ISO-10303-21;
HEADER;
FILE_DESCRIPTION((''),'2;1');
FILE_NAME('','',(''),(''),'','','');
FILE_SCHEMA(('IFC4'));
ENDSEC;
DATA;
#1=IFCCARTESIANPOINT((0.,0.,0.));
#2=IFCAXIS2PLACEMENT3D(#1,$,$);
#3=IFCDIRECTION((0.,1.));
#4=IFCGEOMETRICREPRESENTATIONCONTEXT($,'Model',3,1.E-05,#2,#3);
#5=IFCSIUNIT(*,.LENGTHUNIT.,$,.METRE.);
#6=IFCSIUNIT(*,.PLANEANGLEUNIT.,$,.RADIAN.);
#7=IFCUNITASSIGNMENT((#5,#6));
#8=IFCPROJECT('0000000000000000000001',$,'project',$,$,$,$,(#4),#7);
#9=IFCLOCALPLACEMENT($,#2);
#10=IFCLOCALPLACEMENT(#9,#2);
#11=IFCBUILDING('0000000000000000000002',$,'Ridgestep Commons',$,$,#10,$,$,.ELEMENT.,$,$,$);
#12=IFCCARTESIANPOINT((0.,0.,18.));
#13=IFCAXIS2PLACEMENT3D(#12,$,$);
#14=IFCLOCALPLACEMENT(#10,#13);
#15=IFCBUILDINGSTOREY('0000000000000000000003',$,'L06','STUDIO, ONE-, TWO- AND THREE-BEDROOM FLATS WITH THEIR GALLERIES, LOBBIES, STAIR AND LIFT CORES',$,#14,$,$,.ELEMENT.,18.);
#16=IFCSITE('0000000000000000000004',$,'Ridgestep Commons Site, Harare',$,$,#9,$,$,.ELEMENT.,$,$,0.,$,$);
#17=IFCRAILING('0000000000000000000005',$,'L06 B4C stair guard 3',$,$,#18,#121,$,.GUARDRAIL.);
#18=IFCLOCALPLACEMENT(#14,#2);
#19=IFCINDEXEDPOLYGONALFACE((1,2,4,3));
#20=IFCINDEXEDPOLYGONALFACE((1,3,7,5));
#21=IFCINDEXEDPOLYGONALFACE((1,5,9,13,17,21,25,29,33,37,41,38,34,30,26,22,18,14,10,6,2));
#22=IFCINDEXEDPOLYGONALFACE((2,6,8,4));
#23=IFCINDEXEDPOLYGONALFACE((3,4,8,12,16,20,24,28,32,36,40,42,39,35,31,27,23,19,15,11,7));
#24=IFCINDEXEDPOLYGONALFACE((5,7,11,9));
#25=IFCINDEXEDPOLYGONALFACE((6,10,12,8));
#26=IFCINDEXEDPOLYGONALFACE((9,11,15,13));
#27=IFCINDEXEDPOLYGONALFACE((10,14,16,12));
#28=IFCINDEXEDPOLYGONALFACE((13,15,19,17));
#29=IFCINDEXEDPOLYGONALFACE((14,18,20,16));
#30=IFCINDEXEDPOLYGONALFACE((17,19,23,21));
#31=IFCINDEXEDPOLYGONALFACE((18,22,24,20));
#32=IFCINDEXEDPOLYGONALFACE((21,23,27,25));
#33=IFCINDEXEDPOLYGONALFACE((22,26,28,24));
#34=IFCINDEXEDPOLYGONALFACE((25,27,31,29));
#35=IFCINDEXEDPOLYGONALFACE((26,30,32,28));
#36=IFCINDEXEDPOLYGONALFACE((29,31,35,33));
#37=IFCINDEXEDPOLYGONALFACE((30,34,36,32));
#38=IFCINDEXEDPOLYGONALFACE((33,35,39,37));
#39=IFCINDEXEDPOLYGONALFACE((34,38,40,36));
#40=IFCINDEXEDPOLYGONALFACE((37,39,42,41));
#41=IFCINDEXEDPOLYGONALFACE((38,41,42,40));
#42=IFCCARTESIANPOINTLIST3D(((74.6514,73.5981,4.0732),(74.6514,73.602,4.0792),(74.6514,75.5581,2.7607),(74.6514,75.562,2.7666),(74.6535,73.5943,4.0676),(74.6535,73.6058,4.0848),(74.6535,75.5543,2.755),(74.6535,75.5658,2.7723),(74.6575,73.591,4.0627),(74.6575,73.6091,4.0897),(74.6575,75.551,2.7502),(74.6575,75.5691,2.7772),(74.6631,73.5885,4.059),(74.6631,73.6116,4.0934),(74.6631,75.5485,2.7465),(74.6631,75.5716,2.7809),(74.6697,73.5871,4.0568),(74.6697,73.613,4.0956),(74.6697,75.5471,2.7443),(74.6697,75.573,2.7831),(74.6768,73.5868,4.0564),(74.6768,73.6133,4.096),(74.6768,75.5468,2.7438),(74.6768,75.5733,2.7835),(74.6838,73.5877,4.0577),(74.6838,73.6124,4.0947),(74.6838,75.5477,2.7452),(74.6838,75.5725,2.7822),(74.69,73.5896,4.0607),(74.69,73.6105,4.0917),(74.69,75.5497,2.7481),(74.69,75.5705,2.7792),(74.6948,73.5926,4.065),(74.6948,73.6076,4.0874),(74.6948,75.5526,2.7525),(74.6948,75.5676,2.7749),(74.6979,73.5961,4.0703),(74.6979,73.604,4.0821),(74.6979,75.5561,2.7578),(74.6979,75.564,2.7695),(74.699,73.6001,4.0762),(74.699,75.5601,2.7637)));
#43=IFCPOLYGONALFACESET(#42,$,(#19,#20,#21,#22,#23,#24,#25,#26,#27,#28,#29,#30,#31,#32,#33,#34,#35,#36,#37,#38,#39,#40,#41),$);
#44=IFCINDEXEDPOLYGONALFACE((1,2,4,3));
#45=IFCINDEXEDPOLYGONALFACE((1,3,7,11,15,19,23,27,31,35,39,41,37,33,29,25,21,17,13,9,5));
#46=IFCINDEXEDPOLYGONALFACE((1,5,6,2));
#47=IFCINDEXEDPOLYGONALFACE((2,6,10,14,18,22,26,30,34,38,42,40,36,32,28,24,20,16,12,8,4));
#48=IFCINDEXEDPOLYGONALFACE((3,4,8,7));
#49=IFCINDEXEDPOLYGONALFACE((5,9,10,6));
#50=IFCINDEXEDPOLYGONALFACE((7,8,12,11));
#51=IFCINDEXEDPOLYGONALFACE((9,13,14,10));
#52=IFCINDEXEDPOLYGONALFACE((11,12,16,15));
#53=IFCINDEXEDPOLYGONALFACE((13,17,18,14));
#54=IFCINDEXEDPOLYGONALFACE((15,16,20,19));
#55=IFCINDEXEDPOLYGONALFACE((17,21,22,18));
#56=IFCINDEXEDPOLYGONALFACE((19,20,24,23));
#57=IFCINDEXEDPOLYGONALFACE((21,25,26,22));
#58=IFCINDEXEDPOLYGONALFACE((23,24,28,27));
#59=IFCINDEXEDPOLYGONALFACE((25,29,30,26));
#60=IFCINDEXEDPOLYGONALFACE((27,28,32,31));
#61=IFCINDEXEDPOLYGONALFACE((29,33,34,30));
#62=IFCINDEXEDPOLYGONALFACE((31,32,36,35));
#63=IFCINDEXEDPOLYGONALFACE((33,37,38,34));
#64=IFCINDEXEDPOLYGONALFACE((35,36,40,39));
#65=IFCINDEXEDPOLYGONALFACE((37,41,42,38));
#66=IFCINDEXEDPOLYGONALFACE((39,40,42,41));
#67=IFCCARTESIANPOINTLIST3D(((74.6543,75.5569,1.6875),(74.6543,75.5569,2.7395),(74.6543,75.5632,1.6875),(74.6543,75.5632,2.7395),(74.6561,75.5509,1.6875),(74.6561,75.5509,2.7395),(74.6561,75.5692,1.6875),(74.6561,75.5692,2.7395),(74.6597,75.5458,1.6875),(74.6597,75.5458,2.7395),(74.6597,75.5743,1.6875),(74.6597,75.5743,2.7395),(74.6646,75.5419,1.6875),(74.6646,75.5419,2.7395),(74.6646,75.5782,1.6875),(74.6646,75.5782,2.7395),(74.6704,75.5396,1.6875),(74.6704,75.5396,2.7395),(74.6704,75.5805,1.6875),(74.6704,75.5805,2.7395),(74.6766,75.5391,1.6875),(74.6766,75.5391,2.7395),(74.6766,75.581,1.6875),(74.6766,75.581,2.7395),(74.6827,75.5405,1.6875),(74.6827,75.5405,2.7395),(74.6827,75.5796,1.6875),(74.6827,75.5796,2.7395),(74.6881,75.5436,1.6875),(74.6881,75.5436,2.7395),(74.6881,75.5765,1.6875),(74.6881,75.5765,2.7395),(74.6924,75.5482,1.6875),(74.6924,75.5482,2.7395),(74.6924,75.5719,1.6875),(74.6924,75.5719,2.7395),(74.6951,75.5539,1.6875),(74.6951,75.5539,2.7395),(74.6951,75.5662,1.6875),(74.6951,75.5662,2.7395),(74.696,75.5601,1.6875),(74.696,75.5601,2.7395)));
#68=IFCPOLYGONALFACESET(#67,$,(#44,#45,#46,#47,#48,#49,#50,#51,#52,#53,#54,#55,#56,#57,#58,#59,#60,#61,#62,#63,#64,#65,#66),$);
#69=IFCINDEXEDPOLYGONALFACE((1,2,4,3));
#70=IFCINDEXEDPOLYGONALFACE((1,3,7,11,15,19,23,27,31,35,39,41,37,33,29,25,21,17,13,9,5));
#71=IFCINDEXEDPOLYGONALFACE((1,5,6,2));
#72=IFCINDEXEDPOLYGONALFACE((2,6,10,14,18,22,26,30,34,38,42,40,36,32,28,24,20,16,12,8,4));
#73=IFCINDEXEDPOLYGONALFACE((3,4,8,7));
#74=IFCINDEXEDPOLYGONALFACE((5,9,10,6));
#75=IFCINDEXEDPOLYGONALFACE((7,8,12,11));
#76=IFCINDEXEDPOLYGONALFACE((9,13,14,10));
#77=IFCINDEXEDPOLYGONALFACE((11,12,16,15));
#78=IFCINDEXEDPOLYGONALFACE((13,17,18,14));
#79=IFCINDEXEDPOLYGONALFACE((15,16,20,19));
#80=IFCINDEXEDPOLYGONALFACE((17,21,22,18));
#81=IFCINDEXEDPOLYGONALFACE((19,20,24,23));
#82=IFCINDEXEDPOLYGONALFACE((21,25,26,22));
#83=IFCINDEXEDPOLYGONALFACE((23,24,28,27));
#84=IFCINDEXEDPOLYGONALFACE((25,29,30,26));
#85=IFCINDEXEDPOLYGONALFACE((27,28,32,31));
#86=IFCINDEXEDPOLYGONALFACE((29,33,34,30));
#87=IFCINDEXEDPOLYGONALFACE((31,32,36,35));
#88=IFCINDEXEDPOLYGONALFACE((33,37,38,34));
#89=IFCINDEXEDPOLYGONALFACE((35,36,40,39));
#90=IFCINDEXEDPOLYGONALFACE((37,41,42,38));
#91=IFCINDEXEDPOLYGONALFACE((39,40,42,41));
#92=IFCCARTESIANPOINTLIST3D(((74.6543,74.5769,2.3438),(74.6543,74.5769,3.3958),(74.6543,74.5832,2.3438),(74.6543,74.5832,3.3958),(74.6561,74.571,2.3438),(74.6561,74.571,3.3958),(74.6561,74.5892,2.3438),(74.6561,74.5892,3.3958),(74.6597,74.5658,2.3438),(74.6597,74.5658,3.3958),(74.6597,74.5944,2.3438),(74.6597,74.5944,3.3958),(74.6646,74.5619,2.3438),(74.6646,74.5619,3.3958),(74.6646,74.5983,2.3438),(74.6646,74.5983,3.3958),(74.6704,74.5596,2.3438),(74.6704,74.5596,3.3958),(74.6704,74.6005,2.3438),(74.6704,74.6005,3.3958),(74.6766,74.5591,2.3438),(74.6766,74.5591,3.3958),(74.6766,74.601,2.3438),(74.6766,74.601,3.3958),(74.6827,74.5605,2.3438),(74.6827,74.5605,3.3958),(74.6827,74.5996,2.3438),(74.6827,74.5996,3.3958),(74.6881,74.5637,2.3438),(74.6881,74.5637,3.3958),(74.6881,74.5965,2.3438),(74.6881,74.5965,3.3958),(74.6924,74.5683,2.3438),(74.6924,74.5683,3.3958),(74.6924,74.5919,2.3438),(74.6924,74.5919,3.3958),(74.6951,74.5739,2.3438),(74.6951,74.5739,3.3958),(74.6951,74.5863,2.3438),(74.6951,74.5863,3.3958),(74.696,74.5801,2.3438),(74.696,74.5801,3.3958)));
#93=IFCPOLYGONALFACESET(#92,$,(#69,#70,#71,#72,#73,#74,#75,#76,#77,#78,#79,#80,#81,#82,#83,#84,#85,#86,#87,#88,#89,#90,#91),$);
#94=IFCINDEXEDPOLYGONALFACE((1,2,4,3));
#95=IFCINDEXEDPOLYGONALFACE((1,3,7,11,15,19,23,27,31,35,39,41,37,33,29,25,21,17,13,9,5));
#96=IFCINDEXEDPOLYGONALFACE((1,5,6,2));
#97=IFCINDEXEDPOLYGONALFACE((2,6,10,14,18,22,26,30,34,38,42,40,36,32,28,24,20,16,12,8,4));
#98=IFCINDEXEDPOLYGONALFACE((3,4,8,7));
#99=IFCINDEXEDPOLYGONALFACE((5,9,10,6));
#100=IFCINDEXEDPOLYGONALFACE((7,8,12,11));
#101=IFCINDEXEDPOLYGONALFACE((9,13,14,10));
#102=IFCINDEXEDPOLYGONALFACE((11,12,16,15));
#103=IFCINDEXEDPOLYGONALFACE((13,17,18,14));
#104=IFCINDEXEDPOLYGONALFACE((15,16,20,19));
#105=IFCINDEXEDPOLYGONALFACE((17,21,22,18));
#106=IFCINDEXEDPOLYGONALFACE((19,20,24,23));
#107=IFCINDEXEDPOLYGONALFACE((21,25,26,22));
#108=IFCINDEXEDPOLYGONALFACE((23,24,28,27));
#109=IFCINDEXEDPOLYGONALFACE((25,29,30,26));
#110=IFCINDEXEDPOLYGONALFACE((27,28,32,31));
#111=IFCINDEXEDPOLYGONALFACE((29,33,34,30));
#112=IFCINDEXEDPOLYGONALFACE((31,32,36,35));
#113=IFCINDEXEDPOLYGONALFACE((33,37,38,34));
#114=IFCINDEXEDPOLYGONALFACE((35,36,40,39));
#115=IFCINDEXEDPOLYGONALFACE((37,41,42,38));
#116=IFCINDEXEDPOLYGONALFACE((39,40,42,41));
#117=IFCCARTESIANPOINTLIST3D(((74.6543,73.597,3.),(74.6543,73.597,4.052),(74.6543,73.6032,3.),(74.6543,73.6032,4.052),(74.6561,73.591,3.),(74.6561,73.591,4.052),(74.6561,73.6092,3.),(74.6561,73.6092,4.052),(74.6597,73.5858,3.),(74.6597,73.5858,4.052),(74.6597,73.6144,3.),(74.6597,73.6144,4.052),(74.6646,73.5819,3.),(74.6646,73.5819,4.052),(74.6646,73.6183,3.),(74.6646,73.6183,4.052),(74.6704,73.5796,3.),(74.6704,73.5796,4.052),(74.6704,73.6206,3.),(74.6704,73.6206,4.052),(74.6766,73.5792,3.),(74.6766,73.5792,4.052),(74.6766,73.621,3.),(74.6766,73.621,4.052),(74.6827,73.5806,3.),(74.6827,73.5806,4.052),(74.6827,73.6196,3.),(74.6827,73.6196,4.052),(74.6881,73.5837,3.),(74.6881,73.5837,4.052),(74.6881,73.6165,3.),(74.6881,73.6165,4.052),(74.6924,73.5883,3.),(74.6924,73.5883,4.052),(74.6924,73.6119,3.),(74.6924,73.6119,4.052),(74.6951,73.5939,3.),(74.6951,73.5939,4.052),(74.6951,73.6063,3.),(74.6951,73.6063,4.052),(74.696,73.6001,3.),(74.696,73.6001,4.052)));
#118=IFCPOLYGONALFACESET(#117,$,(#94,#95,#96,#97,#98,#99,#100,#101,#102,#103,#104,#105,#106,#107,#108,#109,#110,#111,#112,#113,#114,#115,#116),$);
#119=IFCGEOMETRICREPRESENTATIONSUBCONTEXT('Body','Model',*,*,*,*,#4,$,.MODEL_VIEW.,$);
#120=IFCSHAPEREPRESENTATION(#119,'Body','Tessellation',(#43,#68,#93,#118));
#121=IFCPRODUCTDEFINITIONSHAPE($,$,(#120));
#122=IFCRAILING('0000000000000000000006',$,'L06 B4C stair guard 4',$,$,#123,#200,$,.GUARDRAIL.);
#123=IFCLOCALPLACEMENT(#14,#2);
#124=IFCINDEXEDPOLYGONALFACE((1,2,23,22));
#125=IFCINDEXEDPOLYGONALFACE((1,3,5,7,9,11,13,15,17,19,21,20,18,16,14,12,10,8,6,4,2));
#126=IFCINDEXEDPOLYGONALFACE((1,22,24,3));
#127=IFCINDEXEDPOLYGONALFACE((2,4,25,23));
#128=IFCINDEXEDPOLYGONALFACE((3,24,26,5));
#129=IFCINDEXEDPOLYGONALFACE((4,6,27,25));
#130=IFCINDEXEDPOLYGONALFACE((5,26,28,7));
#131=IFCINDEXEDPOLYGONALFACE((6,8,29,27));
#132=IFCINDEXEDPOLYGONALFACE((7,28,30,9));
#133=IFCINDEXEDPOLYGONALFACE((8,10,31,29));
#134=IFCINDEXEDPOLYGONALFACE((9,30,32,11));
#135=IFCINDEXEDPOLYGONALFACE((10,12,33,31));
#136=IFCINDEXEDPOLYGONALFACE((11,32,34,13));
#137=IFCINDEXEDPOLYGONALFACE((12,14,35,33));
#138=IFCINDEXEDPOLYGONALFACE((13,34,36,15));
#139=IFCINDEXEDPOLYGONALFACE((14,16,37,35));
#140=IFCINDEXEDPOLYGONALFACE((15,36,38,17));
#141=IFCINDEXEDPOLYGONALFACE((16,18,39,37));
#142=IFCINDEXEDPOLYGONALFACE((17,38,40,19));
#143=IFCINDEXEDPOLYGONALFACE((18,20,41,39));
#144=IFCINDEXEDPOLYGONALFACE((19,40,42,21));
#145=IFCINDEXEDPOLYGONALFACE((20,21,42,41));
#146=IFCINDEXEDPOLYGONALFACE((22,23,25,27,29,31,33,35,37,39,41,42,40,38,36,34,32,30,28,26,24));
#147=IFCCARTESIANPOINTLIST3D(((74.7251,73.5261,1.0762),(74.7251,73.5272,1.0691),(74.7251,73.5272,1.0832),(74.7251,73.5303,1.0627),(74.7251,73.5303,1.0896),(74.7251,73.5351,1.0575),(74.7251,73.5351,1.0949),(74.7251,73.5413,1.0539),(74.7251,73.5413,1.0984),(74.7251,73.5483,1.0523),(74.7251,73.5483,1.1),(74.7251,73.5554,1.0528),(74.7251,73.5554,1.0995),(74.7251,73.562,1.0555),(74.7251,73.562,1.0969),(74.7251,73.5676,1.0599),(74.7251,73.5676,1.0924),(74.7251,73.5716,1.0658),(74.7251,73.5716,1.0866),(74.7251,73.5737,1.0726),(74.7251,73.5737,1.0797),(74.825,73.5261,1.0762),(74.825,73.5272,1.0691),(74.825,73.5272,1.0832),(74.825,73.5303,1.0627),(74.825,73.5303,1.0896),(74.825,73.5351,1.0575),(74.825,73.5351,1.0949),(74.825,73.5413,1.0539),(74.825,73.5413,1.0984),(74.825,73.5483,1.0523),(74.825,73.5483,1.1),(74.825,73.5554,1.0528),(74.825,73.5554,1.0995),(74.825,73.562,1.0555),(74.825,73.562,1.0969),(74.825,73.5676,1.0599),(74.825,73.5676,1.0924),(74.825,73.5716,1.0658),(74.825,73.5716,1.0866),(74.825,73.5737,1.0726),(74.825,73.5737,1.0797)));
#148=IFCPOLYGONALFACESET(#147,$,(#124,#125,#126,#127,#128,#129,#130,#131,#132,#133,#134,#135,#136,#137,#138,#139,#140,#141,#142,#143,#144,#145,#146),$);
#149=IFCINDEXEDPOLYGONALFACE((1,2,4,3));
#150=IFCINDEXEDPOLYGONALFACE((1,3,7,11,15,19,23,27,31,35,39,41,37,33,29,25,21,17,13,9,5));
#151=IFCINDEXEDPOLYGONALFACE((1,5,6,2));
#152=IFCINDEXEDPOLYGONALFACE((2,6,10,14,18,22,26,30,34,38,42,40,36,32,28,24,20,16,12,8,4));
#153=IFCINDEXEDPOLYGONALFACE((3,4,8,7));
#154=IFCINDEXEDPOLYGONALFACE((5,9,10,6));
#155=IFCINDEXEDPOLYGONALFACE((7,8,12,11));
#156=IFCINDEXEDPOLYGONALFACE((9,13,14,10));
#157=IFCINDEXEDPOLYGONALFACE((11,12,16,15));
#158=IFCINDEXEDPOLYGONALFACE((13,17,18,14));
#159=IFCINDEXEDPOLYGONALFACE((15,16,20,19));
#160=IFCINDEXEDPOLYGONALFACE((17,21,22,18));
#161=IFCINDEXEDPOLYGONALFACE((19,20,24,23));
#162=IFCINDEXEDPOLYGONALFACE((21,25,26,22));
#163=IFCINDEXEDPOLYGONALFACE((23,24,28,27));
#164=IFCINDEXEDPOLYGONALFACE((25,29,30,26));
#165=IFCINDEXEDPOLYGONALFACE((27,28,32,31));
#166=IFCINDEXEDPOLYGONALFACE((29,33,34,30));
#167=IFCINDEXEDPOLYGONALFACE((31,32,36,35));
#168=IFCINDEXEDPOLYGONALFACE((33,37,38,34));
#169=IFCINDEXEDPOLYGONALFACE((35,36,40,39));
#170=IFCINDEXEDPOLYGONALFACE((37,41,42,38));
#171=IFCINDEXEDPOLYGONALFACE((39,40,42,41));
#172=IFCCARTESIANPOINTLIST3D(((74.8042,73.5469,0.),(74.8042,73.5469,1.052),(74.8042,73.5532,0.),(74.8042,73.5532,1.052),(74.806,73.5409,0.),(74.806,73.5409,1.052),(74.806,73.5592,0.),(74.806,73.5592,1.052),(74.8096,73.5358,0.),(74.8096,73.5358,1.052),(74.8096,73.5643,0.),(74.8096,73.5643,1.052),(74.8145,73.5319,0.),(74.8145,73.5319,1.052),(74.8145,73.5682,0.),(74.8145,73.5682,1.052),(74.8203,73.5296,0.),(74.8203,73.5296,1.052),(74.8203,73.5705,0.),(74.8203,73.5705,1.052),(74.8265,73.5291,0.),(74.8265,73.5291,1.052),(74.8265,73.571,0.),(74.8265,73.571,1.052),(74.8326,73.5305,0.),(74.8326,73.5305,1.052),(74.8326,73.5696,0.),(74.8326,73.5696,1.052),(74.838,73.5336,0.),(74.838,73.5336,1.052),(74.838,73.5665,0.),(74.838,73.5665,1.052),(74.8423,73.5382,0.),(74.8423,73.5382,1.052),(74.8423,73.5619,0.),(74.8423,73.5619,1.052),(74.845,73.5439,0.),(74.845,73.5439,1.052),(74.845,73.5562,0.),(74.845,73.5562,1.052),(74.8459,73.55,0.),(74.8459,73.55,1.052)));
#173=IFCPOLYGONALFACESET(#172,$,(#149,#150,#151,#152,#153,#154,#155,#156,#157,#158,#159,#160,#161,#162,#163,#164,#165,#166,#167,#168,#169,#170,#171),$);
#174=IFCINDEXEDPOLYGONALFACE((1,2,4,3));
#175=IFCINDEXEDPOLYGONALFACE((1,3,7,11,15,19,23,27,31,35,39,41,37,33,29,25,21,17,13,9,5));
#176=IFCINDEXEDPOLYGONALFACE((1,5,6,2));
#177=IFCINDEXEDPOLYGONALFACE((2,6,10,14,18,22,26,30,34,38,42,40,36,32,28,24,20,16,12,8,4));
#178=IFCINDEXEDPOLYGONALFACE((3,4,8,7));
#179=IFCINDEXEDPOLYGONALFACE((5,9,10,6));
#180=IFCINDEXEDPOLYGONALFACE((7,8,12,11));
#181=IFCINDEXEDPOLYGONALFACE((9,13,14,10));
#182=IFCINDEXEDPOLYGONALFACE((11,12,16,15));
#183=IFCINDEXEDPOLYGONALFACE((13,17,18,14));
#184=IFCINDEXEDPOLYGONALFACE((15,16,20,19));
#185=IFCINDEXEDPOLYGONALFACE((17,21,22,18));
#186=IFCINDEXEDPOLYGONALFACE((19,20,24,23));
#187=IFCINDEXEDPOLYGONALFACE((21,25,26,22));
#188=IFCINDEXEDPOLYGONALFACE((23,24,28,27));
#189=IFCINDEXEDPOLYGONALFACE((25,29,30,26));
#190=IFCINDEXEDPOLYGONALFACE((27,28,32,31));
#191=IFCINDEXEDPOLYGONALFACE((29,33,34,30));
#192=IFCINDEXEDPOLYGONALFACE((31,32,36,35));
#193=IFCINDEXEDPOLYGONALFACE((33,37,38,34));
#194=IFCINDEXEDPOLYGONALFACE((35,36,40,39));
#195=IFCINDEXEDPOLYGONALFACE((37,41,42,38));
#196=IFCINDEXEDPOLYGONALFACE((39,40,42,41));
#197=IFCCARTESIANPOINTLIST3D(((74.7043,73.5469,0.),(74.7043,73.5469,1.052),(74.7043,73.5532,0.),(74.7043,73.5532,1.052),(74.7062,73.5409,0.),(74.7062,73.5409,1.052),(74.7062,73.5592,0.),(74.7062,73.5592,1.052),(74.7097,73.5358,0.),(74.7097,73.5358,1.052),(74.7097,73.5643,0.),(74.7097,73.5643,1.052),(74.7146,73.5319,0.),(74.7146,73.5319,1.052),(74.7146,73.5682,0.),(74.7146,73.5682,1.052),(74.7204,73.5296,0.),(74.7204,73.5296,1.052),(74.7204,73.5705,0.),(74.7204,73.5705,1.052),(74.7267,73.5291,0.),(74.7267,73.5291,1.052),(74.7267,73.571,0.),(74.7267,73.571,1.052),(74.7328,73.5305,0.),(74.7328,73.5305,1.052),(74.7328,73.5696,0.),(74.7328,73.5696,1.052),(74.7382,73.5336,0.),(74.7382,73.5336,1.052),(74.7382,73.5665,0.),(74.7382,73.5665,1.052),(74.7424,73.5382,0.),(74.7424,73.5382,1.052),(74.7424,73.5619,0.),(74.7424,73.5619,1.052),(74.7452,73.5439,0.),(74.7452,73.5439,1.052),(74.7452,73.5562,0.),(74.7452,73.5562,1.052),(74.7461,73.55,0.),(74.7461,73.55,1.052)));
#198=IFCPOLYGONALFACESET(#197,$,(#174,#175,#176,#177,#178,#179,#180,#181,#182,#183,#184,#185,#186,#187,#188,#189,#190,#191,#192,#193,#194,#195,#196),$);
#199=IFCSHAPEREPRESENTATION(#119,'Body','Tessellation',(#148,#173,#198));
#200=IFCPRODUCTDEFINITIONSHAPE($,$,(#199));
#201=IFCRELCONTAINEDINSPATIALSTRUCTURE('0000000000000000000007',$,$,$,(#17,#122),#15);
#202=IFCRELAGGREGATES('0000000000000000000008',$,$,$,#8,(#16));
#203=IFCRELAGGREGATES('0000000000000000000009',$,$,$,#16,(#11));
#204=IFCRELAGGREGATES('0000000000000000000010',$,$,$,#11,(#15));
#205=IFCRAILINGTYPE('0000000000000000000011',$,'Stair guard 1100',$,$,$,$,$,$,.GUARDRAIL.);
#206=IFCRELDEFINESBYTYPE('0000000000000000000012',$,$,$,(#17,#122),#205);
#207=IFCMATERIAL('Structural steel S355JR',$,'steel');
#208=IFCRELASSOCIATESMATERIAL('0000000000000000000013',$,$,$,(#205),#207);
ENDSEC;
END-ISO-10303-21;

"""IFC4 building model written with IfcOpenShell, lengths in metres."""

from ifc_helpers import new_model, si_unit, direction, frame, origin, origin_2d, place, context, subcontext, project, spatial, circle, extrude, material, type_object, element, save


model = new_model("IFC4")

# Units and contexts
model_context = context("Model", 3, precision=1e-05, world=origin(), true_north=direction((0.0, 1.0)))
body_context = subcontext(model_context, "Body", "Model", "MODEL_VIEW")
ifc_project = project(units=[si_unit("LENGTHUNIT", "METRE"), si_unit("PLANEANGLEUNIT", "RADIAN")], contexts=[model_context])

# Site, building, storey
site_placement = place(None, origin())
site = spatial("IfcSite", under=ifc_project, at=site_placement, Name="Ridgestep Commons Site, Harare", CompositionType="ELEMENT", RefElevation=0.0)
building_placement = place(site_placement, origin())
building = spatial("IfcBuilding", under=site, at=building_placement, Name="Ridgestep Commons", CompositionType="ELEMENT")
storey_placement = place(building_placement, frame((0.0, 0.0, 18.0)))
storey = spatial("IfcBuildingStorey", under=building, at=storey_placement, Name="L06", Description="STUDIO, ONE-, TWO- AND THREE-BEDROOM FLATS WITH THEIR GALLERIES, LOBBIES, STAIR AND LIFT CORES", CompositionType="ELEMENT", Elevation=18.0)

# Railings
ifc_material_1 = material(Name="Structural steel S355JR", Category="steel")
railing_type_1 = type_object("IfcRailingType", Name="Stair guard 1100", PredefinedType="GUARDRAIL", material=ifc_material_1)
railing_1_placement = place(storey_placement, frame((74.675, 75.5601, 1.6875)))
element("IfcRailing", 1, at=railing_1_placement, inside=storey, type_object=railing_type_1, Name="L06 B4C stair guard 3", PredefinedType="GUARDRAIL", context=body_context, shape_type="SweptSolid", body=[
    extrude(circle(Radius=0.0239, at=origin_2d()), frame((0.0, 0.0, 1.0762), z_axis=(0.0, -0.830902, 0.556419), x_axis=(1.0, 0.0, 0.0)), (0.0, 0.0, 1.0), 2.3589),
    extrude(circle(Radius=0.021, at=origin_2d()), origin(), (0.0, 0.0, 1.0), 1.052),
    extrude(circle(Radius=0.021, at=origin_2d()), frame((0.0, -0.98, 0.6562)), (0.0, 0.0, 1.0), 1.052),
    extrude(circle(Radius=0.021, at=origin_2d()), frame((0.0, -1.96, 1.3125)), (0.0, 0.0, 1.0), 1.052),
])
railing_2_placement = place(storey_placement, frame((74.825, 73.55, 0.0)))
element("IfcRailing", 2, at=railing_2_placement, inside=storey, type_object=railing_type_1, Name="L06 B4C stair guard 4", PredefinedType="GUARDRAIL", context=body_context, shape_type="SweptSolid", body=[
    extrude(circle(Radius=0.0239, at=origin_2d()), frame((0.0, 0.0, 1.0762), z_axis=(-1.0, 0.0, 0.0), x_axis=(0.0, -1.0, 0.0)), (0.0, 0.0, 1.0), 0.0999),
    extrude(circle(Radius=0.021, at=origin_2d()), origin(), (0.0, 0.0, 1.0), 1.052),
    extrude(circle(Radius=0.021, at=origin_2d()), frame((-0.0999, 0.0, 0.0)), (0.0, 0.0, 1.0), 1.052),
])

save(model, "model.ifc")
